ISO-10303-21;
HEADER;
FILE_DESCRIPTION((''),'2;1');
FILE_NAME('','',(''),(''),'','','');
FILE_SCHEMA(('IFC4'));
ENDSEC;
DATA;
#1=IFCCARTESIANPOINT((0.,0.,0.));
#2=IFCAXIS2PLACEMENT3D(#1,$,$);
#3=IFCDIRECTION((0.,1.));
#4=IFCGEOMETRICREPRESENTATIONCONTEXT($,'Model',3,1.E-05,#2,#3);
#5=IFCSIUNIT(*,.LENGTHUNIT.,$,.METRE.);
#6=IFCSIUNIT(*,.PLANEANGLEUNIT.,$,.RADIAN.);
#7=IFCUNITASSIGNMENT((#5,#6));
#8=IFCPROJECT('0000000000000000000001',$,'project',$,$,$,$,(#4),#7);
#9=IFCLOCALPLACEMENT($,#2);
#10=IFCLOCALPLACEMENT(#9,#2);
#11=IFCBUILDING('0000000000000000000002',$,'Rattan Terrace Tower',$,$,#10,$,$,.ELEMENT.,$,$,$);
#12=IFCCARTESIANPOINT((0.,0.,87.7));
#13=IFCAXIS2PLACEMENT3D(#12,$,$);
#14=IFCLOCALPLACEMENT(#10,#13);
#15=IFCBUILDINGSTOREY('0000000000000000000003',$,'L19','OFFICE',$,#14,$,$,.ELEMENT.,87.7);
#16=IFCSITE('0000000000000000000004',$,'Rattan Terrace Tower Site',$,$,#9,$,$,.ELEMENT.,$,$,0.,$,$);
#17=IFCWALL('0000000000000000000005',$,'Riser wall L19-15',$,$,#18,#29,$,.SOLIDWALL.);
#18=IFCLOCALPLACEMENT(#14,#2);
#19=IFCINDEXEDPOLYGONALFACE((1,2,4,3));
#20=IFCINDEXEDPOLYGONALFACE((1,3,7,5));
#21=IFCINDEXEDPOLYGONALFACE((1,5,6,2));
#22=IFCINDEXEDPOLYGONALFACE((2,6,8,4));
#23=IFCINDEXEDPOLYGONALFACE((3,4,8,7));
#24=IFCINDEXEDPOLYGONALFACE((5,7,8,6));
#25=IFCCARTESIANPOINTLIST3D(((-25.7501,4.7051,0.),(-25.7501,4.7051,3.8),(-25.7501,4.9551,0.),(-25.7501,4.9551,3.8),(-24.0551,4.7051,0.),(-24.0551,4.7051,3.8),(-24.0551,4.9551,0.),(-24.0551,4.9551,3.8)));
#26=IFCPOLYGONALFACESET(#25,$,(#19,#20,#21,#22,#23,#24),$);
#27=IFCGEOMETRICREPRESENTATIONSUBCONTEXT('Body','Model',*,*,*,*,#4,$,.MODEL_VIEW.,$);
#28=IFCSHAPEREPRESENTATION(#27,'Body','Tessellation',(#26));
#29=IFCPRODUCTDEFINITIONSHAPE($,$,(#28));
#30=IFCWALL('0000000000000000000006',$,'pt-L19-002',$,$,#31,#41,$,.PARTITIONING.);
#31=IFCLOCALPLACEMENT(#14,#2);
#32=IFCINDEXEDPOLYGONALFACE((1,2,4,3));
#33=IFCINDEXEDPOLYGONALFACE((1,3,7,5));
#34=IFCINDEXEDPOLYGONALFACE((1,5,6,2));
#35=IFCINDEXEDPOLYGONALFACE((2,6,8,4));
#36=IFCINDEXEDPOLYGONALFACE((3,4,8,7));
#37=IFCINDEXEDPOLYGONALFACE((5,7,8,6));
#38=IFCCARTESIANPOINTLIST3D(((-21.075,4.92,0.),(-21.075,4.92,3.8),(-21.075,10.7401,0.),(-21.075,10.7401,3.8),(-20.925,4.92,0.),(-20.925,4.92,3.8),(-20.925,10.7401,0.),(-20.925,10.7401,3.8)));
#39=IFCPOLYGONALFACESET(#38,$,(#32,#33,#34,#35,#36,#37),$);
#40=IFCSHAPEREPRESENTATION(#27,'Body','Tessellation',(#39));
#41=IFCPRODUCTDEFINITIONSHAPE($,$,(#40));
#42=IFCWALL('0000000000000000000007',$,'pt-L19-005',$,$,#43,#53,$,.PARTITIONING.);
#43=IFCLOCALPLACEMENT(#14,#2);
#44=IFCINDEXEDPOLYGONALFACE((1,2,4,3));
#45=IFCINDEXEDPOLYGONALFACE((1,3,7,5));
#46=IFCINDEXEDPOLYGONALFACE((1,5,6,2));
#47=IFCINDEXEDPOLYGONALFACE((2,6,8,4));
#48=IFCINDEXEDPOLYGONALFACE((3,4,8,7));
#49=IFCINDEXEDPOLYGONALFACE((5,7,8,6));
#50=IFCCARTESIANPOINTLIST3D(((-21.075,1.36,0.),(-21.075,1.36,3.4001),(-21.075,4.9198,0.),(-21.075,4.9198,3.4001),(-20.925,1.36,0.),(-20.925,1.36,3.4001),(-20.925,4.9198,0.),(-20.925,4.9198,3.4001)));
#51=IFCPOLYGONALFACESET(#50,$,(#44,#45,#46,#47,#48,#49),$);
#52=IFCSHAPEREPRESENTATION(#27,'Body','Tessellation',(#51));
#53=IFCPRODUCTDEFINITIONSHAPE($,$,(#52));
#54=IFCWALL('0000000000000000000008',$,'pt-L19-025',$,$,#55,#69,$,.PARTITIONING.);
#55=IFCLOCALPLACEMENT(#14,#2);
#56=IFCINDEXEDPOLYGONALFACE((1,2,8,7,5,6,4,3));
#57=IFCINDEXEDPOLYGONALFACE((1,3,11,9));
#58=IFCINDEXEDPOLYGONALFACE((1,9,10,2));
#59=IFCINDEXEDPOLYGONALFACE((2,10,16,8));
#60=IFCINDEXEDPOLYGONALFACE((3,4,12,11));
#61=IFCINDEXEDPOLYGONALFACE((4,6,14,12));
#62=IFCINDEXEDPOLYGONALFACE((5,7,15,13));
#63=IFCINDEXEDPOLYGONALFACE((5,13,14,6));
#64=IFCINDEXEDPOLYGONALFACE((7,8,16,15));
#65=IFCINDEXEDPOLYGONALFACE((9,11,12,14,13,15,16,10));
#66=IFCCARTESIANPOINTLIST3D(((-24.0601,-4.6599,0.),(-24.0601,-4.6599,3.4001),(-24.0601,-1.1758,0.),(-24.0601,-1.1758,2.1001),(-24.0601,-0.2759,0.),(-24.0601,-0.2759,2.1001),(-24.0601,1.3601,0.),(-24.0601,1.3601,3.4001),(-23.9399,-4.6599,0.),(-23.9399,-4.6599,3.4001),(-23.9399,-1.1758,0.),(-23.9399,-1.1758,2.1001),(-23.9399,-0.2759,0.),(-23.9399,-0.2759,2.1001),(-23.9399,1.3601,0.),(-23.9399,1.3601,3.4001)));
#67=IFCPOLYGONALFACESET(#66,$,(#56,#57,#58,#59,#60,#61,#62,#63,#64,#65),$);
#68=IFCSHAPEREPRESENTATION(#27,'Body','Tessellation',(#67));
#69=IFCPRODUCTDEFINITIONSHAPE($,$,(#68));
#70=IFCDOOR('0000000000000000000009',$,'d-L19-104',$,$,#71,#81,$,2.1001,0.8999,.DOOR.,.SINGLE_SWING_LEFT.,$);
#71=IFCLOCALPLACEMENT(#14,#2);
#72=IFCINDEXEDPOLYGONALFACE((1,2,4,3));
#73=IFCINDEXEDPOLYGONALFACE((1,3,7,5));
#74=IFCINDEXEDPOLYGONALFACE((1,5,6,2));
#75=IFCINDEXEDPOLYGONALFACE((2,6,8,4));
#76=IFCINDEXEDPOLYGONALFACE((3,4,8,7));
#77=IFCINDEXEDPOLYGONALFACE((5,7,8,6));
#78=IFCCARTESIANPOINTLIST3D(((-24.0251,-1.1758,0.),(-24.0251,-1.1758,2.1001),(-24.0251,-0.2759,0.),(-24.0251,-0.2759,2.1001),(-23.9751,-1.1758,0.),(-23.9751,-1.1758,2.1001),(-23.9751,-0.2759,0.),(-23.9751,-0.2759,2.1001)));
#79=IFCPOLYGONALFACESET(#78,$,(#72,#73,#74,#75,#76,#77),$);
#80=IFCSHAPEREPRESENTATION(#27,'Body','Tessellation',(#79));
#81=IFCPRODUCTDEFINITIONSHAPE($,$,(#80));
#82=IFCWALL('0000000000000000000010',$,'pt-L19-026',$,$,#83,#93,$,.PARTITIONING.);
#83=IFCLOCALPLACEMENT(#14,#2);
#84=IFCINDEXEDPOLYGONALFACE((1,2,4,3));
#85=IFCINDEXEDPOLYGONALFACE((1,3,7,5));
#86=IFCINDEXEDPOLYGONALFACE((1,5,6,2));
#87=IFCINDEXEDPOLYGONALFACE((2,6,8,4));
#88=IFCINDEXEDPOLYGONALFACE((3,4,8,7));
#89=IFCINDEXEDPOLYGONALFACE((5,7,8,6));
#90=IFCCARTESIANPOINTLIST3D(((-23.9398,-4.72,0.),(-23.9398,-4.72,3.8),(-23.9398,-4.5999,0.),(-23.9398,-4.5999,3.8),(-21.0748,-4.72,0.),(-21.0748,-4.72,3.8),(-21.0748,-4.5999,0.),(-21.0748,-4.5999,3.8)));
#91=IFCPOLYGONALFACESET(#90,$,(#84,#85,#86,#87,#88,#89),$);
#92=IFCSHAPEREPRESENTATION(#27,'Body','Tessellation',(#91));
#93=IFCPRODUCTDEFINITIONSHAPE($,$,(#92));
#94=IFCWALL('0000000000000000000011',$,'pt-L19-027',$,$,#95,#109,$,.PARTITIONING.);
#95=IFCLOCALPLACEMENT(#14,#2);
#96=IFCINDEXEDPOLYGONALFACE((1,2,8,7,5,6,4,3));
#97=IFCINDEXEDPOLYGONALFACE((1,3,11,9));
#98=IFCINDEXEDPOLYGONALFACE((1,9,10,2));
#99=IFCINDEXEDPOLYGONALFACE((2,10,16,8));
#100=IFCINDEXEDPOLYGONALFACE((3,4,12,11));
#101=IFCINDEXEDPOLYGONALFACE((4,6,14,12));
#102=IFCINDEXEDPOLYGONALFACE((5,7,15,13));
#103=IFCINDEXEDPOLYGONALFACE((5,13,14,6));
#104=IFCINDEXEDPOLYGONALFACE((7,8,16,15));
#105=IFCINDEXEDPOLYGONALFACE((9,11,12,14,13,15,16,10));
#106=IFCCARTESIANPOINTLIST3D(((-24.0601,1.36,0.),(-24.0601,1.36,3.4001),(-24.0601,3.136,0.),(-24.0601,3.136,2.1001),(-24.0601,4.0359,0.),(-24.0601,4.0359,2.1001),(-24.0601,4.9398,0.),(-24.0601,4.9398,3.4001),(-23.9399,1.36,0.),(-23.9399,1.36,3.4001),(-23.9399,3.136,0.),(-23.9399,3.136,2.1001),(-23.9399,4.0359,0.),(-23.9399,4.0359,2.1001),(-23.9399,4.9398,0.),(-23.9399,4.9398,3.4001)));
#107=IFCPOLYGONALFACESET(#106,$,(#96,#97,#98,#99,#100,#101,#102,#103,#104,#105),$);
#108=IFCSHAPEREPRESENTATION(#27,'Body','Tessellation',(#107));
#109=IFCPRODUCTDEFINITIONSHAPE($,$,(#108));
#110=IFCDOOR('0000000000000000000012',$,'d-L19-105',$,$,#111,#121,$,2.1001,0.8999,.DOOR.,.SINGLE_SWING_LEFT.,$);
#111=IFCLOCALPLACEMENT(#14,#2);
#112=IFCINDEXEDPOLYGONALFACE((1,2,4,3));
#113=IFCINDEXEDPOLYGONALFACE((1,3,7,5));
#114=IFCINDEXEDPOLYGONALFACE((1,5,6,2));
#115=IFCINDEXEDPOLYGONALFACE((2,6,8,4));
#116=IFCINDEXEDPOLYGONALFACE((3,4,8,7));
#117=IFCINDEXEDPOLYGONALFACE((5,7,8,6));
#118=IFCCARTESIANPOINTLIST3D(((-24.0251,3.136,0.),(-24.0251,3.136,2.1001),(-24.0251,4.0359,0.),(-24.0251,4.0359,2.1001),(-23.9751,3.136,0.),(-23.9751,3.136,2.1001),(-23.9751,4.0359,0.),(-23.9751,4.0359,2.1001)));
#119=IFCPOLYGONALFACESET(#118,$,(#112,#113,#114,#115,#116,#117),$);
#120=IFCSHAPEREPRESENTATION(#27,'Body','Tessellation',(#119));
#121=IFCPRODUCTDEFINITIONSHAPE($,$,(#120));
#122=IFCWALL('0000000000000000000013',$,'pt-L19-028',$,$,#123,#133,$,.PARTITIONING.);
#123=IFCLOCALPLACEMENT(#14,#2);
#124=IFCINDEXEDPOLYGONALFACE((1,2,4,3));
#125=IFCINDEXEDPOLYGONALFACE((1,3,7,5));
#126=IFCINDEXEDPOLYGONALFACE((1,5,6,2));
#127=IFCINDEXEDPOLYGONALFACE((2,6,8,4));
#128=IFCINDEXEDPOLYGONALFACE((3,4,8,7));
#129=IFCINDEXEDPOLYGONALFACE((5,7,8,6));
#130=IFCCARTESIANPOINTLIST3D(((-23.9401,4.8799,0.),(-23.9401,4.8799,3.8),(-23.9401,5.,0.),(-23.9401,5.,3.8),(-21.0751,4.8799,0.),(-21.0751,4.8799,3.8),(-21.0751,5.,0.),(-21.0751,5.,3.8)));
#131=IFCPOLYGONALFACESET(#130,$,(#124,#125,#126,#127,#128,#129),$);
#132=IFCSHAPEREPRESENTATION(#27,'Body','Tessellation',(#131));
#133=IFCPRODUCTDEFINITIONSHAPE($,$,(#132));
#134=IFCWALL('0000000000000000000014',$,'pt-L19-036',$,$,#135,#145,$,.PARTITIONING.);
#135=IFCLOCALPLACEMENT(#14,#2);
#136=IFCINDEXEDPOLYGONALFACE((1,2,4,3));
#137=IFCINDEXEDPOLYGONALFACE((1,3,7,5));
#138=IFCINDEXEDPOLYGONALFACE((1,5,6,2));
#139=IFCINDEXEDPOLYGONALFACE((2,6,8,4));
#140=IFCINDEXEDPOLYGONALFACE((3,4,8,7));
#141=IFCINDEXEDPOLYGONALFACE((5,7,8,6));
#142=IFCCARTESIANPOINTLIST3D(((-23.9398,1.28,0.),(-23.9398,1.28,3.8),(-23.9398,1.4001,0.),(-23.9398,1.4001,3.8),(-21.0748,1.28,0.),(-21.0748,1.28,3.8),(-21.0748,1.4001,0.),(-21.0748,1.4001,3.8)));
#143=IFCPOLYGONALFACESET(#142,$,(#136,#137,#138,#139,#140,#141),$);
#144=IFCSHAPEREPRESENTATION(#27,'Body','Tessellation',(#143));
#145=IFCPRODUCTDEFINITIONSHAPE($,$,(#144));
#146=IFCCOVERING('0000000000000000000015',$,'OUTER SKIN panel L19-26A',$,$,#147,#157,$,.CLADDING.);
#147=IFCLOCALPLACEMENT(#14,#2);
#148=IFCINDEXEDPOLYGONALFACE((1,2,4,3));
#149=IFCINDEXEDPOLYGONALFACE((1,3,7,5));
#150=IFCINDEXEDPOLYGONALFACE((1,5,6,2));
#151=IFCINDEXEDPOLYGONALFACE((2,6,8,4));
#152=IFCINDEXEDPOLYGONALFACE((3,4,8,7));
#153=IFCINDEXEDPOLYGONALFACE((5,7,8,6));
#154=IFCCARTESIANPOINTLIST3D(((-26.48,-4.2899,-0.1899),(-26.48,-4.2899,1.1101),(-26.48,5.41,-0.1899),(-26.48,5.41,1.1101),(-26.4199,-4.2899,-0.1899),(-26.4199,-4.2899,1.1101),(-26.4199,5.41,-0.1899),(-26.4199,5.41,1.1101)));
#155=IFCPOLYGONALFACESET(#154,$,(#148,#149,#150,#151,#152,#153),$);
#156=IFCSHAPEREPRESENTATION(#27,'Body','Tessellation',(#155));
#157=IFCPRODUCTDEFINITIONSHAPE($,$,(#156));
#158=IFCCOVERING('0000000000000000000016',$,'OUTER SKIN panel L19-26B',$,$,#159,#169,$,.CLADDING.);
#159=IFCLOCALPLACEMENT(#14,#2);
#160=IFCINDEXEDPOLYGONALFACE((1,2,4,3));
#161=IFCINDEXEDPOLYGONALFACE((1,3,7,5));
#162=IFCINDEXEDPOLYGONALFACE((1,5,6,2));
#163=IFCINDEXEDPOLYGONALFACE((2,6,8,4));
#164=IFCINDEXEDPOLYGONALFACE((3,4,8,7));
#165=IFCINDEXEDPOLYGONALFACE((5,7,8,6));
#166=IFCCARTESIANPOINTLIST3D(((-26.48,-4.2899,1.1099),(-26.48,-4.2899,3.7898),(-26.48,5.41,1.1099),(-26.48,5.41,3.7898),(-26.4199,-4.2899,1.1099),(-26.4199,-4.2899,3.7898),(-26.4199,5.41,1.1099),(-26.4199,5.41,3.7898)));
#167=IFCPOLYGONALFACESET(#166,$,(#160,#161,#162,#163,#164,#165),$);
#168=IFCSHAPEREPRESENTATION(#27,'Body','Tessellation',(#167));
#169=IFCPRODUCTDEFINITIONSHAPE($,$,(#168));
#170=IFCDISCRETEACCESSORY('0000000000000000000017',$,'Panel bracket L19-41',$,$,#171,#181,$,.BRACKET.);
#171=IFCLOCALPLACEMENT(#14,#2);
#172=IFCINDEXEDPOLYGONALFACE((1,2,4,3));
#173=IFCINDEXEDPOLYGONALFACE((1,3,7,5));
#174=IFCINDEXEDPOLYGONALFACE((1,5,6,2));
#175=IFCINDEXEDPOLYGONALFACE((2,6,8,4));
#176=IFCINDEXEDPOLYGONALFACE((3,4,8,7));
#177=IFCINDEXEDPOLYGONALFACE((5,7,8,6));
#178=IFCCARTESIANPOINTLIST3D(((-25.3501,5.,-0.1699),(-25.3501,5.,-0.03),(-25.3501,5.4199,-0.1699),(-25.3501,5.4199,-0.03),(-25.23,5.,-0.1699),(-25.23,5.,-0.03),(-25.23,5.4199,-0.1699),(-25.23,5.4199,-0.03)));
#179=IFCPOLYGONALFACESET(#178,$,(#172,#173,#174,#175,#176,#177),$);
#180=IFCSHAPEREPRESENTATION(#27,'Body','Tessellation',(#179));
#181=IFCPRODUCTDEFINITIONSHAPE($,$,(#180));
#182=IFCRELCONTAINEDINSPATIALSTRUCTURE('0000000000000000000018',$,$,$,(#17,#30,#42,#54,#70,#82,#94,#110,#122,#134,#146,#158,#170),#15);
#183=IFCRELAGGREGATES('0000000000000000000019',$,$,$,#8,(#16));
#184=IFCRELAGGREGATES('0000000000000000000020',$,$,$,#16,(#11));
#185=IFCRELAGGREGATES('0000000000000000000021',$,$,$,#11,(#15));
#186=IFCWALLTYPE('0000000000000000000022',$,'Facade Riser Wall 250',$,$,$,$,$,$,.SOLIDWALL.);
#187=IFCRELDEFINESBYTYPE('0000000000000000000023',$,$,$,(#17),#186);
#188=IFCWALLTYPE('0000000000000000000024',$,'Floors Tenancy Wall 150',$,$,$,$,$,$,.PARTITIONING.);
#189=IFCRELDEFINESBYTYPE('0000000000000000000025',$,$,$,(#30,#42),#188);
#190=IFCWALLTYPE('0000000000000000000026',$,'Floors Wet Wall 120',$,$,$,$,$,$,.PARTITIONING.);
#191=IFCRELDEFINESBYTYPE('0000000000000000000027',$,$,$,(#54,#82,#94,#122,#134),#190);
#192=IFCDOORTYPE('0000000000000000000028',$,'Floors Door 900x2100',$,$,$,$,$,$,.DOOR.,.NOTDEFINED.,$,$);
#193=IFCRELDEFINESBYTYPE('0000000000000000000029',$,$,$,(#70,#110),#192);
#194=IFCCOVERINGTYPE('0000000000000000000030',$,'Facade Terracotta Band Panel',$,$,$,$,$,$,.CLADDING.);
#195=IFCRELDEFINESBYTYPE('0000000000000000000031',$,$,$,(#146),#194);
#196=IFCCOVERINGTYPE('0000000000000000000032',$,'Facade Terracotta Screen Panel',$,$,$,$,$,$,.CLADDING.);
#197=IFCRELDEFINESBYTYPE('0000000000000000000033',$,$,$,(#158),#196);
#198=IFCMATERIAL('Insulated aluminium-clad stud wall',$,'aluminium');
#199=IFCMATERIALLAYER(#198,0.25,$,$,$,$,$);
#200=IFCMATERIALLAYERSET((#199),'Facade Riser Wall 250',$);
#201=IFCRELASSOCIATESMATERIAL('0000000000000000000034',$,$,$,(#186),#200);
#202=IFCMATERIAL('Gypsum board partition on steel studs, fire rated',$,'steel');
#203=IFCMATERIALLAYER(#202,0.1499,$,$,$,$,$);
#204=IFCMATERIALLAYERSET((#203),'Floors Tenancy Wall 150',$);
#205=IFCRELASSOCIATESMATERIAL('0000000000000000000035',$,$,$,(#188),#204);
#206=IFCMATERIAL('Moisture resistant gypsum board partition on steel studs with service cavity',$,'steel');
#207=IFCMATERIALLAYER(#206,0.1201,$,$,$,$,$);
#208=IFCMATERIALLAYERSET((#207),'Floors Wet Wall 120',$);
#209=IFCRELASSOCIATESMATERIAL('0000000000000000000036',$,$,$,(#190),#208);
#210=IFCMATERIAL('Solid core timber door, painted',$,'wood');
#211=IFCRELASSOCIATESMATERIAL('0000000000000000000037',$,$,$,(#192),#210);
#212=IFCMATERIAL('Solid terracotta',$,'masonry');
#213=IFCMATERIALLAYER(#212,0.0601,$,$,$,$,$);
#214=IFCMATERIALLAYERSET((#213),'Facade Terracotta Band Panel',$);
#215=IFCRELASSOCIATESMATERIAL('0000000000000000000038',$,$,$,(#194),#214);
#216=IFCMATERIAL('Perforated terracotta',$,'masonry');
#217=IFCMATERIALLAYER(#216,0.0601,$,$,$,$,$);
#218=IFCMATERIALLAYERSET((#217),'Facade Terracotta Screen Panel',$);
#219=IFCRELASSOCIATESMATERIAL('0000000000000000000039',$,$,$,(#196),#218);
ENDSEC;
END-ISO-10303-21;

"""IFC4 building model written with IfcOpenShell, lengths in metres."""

from ifc_helpers import new_model, si_unit, direction, frame, frame_2d, origin, origin_2d, place, context, subcontext, project, spatial, rectangle, extrude, material, layer, layer_set, type_object, element, fill, save


model = new_model("IFC4")

# Units and contexts
model_context = context("Model", 3, precision=1e-05, world=origin(), true_north=direction((0.0, 1.0)))
body_context = subcontext(model_context, "Body", "Model", "MODEL_VIEW")
ifc_project = project(units=[si_unit("LENGTHUNIT", "METRE"), si_unit("PLANEANGLEUNIT", "RADIAN")], contexts=[model_context])

# Site, building, storey
site_placement = place(None, origin())
site = spatial("IfcSite", under=ifc_project, at=site_placement, Name="Rattan Terrace Tower Site", CompositionType="ELEMENT", RefElevation=0.0)
building_placement = place(site_placement, origin())
building = spatial("IfcBuilding", under=site, at=building_placement, Name="Rattan Terrace Tower", CompositionType="ELEMENT")
storey_placement = place(building_placement, frame((0.0, 0.0, 87.7)))
storey = spatial("IfcBuildingStorey", under=building, at=storey_placement, Name="L19", Description="OFFICE", CompositionType="ELEMENT", Elevation=87.7)

# Walls
ifc_material_1 = material(Name="Insulated aluminium-clad stud wall", Category="aluminium")
ifc_layer_1 = layer(ifc_material_1, 0.25)
ifc_layer_set_1 = layer_set([ifc_layer_1], Name="Facade Riser Wall 250")
wall_type_1 = type_object("IfcWallType", Name="Facade Riser Wall 250", PredefinedType="SOLIDWALL", material=ifc_layer_set_1)
wall_1_placement = place(storey_placement, frame((-24.0549, 4.8301, 0.0), z_axis=(0.0, 0.0, 1.0), x_axis=(-1.0, 0.0, 0.0)))
element("IfcWall", 1, at=wall_1_placement, inside=storey, type_object=wall_type_1, Name="Riser wall L19-15", PredefinedType="SOLIDWALL", context=body_context, shape_type="SweptSolid", body=[
    extrude(rectangle(XDim=1.6951, YDim=0.25, at=frame_2d((0.8477, 0.0))), origin(), (0.0, 0.0, 1.0), 3.8),
])
ifc_material_2 = material(Name="Gypsum board partition on steel studs, fire rated", Category="steel")
ifc_layer_2 = layer(ifc_material_2, 0.1499)
ifc_layer_set_2 = layer_set([ifc_layer_2], Name="Floors Tenancy Wall 150")
wall_type_2 = type_object("IfcWallType", Name="Floors Tenancy Wall 150", PredefinedType="PARTITIONING", material=ifc_layer_set_2)
wall_2_placement = place(storey_placement, frame((-21.0, 4.9199, 0.0), z_axis=(0.0, 0.0, 1.0), x_axis=(0.0, 1.0, 0.0)))
element("IfcWall", 2, at=wall_2_placement, inside=storey, type_object=wall_type_2, Name="pt-L19-002", PredefinedType="PARTITIONING", context=body_context, shape_type="SweptSolid", body=[
    extrude(rectangle(XDim=5.8201, YDim=0.1499, at=frame_2d((2.9102, 0.0))), origin(), (0.0, 0.0, 1.0), 3.8),
])
wall_3_placement = place(storey_placement, frame((-21.0, 1.3601, 0.0), z_axis=(0.0, 0.0, 1.0), x_axis=(0.0, 1.0, 0.0)))
element("IfcWall", 3, at=wall_3_placement, inside=storey, type_object=wall_type_2, Name="pt-L19-005", PredefinedType="PARTITIONING", context=body_context, shape_type="SweptSolid", body=[
    extrude(rectangle(XDim=3.5598, YDim=0.1499, at=frame_2d((1.7798, 0.0))), origin(), (0.0, 0.0, 1.0), 3.4001),
])

# Wall, opening, door
ifc_material_3 = material(Name="Moisture resistant gypsum board partition on steel studs with service cavity", Category="steel")
ifc_layer_3 = layer(ifc_material_3, 0.1201)
ifc_layer_set_3 = layer_set([ifc_layer_3], Name="Floors Wet Wall 120")
wall_type_3 = type_object("IfcWallType", Name="Floors Wet Wall 120", PredefinedType="PARTITIONING", material=ifc_layer_set_3)
wall_4_placement = place(storey_placement, frame((-24.0, 1.3601, 0.0), z_axis=(0.0, 0.0, 1.0), x_axis=(0.0, -1.0, 0.0)))
wall_4 = element("IfcWall", 4, at=wall_4_placement, inside=storey, type_object=wall_type_3, Name="pt-L19-025", PredefinedType="PARTITIONING", context=body_context, shape_type="SweptSolid", body=[
    extrude(rectangle(XDim=6.02, YDim=0.1201, at=frame_2d((3.01, 0.0))), origin(), (0.0, 0.0, 1.0), 3.4001),
])
opening_1_placement = place(wall_4_placement, frame((1.636, 0.0, 0.0)))
opening_1 = element("IfcOpeningElement", 5, at=opening_1_placement, cuts=wall_4, PredefinedType="OPENING", context=body_context, shape_type="SweptSolid", body=[
    extrude(rectangle(XDim=0.8999, YDim=2.1001, at=frame_2d((0.45, 1.05))), frame((0.0, 0.0706, 0.0), z_axis=(0.0, -1.0, 0.0), x_axis=(1.0, 0.0, 0.0)), (0.0, 0.0, 1.0), 0.1411),
])
ifc_material_4 = material(Name="Solid core timber door, painted", Category="wood")
door_type_1 = type_object("IfcDoorType", Name="Floors Door 900x2100", OperationType="NOTDEFINED", PredefinedType="DOOR", material=ifc_material_4)
door_1_placement = place(opening_1_placement, origin())
door_1 = element("IfcDoor", 6, at=door_1_placement, inside=storey, type_object=door_type_1, Name="d-L19-104", OperationType="SINGLE_SWING_LEFT", OverallHeight=2.1001, OverallWidth=0.8999, PredefinedType="DOOR", context=body_context, shape_type="SweptSolid", body=[
    extrude(rectangle(XDim=0.8999, YDim=2.1001, at=frame_2d((0.45, 1.05))), frame((0.0, 0.0249, 0.0), z_axis=(0.0, -1.0, 0.0), x_axis=(1.0, 0.0, 0.0)), (0.0, 0.0, 1.0), 0.05),
])
fill(opening_1, door_1)

# Wall
wall_5_placement = place(storey_placement, frame((-23.9399, -4.6599, 0.0), z_axis=(0.0, 0.0, 1.0), x_axis=(1.0, 0.0, 0.0)))
element("IfcWall", 7, at=wall_5_placement, inside=storey, type_object=wall_type_3, Name="pt-L19-026", PredefinedType="PARTITIONING", context=body_context, shape_type="SweptSolid", body=[
    extrude(rectangle(XDim=2.865, YDim=0.1201, at=frame_2d((1.4326, 0.0))), origin(), (0.0, 0.0, 1.0), 3.8),
])

# Wall, opening, door
wall_6_placement = place(storey_placement, frame((-24.0, 4.9399, 0.0), z_axis=(0.0, 0.0, 1.0), x_axis=(0.0, -1.0, 0.0)))
wall_6 = element("IfcWall", 8, at=wall_6_placement, inside=storey, type_object=wall_type_3, Name="pt-L19-027", PredefinedType="PARTITIONING", context=body_context, shape_type="SweptSolid", body=[
    extrude(rectangle(XDim=3.5798, YDim=0.1201, at=frame_2d((1.79, 0.0))), origin(), (0.0, 0.0, 1.0), 3.4001),
])
opening_2_placement = place(wall_6_placement, frame((0.9041, 0.0, 0.0)))
opening_2 = element("IfcOpeningElement", 9, at=opening_2_placement, cuts=wall_6, PredefinedType="OPENING", context=body_context, shape_type="SweptSolid", body=[
    extrude(rectangle(XDim=0.8999, YDim=2.1001, at=frame_2d((0.45, 1.05))), frame((0.0, 0.0706, 0.0), z_axis=(0.0, -1.0, 0.0), x_axis=(1.0, 0.0, 0.0)), (0.0, 0.0, 1.0), 0.1411),
])
door_2_placement = place(opening_2_placement, origin())
door_2 = element("IfcDoor", 10, at=door_2_placement, inside=storey, type_object=door_type_1, Name="d-L19-105", OperationType="SINGLE_SWING_LEFT", OverallHeight=2.1001, OverallWidth=0.8999, PredefinedType="DOOR", context=body_context, shape_type="SweptSolid", body=[
    extrude(rectangle(XDim=0.8999, YDim=2.1001, at=frame_2d((0.45, 1.05))), frame((0.0, 0.0249, 0.0), z_axis=(0.0, -1.0, 0.0), x_axis=(1.0, 0.0, 0.0)), (0.0, 0.0, 1.0), 0.05),
])
fill(opening_2, door_2)

# Walls
for number, where, z_axis, x_axis, name in (
    (11, (-21.075, 4.9399, 0.0), (0.0, 0.0, 1.0), (-1.0, 0.0, 0.0), "pt-L19-028"),
    (12, (-23.9399, 1.3401, 0.0), (0.0, 0.0, 1.0), (1.0, 0.0, 0.0), "pt-L19-036"),
):
    element("IfcWall", number, at=place(storey_placement, frame(where, z_axis=z_axis, x_axis=x_axis)), inside=storey, type_object=wall_type_3, Name=name, PredefinedType="PARTITIONING", context=body_context, shape_type="SweptSolid", body=[
        extrude(rectangle(XDim=2.865, YDim=0.1201, at=frame_2d((1.4326, 0.0))), origin(), (0.0, 0.0, 1.0), 3.8),
    ])

# Coverings
ifc_material_5 = material(Name="Solid terracotta", Category="masonry")
ifc_layer_4 = layer(ifc_material_5, 0.0601)
ifc_layer_set_4 = layer_set([ifc_layer_4], Name="Facade Terracotta Band Panel")
covering_type_1 = type_object("IfcCoveringType", Name="Facade Terracotta Band Panel", PredefinedType="CLADDING", material=ifc_layer_set_4)
covering_1_placement = place(storey_placement, frame((-26.45, 0.5601, -0.1899), z_axis=(0.0, 0.0, 1.0), x_axis=(0.0, -1.0, 0.0)))
element("IfcCovering", 13, at=covering_1_placement, inside=storey, type_object=covering_type_1, Name="OUTER SKIN panel L19-26A", PredefinedType="CLADDING", context=body_context, shape_type="SweptSolid", body=[
    extrude(rectangle(XDim=9.7, YDim=0.0601, at=origin_2d()), origin(), (0.0, 0.0, 1.0), 1.3),
])
ifc_material_6 = material(Name="Perforated terracotta", Category="masonry")
ifc_layer_5 = layer(ifc_material_6, 0.0601)
ifc_layer_set_5 = layer_set([ifc_layer_5], Name="Facade Terracotta Screen Panel")
covering_type_2 = type_object("IfcCoveringType", Name="Facade Terracotta Screen Panel", PredefinedType="CLADDING", material=ifc_layer_set_5)
covering_2_placement = place(storey_placement, frame((-26.45, 0.5601, 1.1099), z_axis=(0.0, 0.0, 1.0), x_axis=(0.0, -1.0, 0.0)))
element("IfcCovering", 14, at=covering_2_placement, inside=storey, type_object=covering_type_2, Name="OUTER SKIN panel L19-26B", PredefinedType="CLADDING", context=body_context, shape_type="SweptSolid", body=[
    extrude(rectangle(XDim=9.7, YDim=0.0601, at=origin_2d()), origin(), (0.0, 0.0, 1.0), 2.6799),
])

# Discrete accessory
for number, where, z_axis, x_axis, name in (
    (15, (-25.29, 5.21, -0.1699), (0.0, 0.0, 1.0), (-1.0, 0.0, 0.0), "Panel bracket L19-41"),
):
    element("IfcDiscreteAccessory", number, at=place(storey_placement, frame(where, z_axis=z_axis, x_axis=x_axis)), inside=storey, Name=name, PredefinedType="BRACKET", context=body_context, shape_type="SweptSolid", body=[
        extrude(rectangle(XDim=0.1201, YDim=0.4199, at=origin_2d()), origin(), (0.0, 0.0, 1.0), 0.1399),
    ])

save(model, "model.ifc")
